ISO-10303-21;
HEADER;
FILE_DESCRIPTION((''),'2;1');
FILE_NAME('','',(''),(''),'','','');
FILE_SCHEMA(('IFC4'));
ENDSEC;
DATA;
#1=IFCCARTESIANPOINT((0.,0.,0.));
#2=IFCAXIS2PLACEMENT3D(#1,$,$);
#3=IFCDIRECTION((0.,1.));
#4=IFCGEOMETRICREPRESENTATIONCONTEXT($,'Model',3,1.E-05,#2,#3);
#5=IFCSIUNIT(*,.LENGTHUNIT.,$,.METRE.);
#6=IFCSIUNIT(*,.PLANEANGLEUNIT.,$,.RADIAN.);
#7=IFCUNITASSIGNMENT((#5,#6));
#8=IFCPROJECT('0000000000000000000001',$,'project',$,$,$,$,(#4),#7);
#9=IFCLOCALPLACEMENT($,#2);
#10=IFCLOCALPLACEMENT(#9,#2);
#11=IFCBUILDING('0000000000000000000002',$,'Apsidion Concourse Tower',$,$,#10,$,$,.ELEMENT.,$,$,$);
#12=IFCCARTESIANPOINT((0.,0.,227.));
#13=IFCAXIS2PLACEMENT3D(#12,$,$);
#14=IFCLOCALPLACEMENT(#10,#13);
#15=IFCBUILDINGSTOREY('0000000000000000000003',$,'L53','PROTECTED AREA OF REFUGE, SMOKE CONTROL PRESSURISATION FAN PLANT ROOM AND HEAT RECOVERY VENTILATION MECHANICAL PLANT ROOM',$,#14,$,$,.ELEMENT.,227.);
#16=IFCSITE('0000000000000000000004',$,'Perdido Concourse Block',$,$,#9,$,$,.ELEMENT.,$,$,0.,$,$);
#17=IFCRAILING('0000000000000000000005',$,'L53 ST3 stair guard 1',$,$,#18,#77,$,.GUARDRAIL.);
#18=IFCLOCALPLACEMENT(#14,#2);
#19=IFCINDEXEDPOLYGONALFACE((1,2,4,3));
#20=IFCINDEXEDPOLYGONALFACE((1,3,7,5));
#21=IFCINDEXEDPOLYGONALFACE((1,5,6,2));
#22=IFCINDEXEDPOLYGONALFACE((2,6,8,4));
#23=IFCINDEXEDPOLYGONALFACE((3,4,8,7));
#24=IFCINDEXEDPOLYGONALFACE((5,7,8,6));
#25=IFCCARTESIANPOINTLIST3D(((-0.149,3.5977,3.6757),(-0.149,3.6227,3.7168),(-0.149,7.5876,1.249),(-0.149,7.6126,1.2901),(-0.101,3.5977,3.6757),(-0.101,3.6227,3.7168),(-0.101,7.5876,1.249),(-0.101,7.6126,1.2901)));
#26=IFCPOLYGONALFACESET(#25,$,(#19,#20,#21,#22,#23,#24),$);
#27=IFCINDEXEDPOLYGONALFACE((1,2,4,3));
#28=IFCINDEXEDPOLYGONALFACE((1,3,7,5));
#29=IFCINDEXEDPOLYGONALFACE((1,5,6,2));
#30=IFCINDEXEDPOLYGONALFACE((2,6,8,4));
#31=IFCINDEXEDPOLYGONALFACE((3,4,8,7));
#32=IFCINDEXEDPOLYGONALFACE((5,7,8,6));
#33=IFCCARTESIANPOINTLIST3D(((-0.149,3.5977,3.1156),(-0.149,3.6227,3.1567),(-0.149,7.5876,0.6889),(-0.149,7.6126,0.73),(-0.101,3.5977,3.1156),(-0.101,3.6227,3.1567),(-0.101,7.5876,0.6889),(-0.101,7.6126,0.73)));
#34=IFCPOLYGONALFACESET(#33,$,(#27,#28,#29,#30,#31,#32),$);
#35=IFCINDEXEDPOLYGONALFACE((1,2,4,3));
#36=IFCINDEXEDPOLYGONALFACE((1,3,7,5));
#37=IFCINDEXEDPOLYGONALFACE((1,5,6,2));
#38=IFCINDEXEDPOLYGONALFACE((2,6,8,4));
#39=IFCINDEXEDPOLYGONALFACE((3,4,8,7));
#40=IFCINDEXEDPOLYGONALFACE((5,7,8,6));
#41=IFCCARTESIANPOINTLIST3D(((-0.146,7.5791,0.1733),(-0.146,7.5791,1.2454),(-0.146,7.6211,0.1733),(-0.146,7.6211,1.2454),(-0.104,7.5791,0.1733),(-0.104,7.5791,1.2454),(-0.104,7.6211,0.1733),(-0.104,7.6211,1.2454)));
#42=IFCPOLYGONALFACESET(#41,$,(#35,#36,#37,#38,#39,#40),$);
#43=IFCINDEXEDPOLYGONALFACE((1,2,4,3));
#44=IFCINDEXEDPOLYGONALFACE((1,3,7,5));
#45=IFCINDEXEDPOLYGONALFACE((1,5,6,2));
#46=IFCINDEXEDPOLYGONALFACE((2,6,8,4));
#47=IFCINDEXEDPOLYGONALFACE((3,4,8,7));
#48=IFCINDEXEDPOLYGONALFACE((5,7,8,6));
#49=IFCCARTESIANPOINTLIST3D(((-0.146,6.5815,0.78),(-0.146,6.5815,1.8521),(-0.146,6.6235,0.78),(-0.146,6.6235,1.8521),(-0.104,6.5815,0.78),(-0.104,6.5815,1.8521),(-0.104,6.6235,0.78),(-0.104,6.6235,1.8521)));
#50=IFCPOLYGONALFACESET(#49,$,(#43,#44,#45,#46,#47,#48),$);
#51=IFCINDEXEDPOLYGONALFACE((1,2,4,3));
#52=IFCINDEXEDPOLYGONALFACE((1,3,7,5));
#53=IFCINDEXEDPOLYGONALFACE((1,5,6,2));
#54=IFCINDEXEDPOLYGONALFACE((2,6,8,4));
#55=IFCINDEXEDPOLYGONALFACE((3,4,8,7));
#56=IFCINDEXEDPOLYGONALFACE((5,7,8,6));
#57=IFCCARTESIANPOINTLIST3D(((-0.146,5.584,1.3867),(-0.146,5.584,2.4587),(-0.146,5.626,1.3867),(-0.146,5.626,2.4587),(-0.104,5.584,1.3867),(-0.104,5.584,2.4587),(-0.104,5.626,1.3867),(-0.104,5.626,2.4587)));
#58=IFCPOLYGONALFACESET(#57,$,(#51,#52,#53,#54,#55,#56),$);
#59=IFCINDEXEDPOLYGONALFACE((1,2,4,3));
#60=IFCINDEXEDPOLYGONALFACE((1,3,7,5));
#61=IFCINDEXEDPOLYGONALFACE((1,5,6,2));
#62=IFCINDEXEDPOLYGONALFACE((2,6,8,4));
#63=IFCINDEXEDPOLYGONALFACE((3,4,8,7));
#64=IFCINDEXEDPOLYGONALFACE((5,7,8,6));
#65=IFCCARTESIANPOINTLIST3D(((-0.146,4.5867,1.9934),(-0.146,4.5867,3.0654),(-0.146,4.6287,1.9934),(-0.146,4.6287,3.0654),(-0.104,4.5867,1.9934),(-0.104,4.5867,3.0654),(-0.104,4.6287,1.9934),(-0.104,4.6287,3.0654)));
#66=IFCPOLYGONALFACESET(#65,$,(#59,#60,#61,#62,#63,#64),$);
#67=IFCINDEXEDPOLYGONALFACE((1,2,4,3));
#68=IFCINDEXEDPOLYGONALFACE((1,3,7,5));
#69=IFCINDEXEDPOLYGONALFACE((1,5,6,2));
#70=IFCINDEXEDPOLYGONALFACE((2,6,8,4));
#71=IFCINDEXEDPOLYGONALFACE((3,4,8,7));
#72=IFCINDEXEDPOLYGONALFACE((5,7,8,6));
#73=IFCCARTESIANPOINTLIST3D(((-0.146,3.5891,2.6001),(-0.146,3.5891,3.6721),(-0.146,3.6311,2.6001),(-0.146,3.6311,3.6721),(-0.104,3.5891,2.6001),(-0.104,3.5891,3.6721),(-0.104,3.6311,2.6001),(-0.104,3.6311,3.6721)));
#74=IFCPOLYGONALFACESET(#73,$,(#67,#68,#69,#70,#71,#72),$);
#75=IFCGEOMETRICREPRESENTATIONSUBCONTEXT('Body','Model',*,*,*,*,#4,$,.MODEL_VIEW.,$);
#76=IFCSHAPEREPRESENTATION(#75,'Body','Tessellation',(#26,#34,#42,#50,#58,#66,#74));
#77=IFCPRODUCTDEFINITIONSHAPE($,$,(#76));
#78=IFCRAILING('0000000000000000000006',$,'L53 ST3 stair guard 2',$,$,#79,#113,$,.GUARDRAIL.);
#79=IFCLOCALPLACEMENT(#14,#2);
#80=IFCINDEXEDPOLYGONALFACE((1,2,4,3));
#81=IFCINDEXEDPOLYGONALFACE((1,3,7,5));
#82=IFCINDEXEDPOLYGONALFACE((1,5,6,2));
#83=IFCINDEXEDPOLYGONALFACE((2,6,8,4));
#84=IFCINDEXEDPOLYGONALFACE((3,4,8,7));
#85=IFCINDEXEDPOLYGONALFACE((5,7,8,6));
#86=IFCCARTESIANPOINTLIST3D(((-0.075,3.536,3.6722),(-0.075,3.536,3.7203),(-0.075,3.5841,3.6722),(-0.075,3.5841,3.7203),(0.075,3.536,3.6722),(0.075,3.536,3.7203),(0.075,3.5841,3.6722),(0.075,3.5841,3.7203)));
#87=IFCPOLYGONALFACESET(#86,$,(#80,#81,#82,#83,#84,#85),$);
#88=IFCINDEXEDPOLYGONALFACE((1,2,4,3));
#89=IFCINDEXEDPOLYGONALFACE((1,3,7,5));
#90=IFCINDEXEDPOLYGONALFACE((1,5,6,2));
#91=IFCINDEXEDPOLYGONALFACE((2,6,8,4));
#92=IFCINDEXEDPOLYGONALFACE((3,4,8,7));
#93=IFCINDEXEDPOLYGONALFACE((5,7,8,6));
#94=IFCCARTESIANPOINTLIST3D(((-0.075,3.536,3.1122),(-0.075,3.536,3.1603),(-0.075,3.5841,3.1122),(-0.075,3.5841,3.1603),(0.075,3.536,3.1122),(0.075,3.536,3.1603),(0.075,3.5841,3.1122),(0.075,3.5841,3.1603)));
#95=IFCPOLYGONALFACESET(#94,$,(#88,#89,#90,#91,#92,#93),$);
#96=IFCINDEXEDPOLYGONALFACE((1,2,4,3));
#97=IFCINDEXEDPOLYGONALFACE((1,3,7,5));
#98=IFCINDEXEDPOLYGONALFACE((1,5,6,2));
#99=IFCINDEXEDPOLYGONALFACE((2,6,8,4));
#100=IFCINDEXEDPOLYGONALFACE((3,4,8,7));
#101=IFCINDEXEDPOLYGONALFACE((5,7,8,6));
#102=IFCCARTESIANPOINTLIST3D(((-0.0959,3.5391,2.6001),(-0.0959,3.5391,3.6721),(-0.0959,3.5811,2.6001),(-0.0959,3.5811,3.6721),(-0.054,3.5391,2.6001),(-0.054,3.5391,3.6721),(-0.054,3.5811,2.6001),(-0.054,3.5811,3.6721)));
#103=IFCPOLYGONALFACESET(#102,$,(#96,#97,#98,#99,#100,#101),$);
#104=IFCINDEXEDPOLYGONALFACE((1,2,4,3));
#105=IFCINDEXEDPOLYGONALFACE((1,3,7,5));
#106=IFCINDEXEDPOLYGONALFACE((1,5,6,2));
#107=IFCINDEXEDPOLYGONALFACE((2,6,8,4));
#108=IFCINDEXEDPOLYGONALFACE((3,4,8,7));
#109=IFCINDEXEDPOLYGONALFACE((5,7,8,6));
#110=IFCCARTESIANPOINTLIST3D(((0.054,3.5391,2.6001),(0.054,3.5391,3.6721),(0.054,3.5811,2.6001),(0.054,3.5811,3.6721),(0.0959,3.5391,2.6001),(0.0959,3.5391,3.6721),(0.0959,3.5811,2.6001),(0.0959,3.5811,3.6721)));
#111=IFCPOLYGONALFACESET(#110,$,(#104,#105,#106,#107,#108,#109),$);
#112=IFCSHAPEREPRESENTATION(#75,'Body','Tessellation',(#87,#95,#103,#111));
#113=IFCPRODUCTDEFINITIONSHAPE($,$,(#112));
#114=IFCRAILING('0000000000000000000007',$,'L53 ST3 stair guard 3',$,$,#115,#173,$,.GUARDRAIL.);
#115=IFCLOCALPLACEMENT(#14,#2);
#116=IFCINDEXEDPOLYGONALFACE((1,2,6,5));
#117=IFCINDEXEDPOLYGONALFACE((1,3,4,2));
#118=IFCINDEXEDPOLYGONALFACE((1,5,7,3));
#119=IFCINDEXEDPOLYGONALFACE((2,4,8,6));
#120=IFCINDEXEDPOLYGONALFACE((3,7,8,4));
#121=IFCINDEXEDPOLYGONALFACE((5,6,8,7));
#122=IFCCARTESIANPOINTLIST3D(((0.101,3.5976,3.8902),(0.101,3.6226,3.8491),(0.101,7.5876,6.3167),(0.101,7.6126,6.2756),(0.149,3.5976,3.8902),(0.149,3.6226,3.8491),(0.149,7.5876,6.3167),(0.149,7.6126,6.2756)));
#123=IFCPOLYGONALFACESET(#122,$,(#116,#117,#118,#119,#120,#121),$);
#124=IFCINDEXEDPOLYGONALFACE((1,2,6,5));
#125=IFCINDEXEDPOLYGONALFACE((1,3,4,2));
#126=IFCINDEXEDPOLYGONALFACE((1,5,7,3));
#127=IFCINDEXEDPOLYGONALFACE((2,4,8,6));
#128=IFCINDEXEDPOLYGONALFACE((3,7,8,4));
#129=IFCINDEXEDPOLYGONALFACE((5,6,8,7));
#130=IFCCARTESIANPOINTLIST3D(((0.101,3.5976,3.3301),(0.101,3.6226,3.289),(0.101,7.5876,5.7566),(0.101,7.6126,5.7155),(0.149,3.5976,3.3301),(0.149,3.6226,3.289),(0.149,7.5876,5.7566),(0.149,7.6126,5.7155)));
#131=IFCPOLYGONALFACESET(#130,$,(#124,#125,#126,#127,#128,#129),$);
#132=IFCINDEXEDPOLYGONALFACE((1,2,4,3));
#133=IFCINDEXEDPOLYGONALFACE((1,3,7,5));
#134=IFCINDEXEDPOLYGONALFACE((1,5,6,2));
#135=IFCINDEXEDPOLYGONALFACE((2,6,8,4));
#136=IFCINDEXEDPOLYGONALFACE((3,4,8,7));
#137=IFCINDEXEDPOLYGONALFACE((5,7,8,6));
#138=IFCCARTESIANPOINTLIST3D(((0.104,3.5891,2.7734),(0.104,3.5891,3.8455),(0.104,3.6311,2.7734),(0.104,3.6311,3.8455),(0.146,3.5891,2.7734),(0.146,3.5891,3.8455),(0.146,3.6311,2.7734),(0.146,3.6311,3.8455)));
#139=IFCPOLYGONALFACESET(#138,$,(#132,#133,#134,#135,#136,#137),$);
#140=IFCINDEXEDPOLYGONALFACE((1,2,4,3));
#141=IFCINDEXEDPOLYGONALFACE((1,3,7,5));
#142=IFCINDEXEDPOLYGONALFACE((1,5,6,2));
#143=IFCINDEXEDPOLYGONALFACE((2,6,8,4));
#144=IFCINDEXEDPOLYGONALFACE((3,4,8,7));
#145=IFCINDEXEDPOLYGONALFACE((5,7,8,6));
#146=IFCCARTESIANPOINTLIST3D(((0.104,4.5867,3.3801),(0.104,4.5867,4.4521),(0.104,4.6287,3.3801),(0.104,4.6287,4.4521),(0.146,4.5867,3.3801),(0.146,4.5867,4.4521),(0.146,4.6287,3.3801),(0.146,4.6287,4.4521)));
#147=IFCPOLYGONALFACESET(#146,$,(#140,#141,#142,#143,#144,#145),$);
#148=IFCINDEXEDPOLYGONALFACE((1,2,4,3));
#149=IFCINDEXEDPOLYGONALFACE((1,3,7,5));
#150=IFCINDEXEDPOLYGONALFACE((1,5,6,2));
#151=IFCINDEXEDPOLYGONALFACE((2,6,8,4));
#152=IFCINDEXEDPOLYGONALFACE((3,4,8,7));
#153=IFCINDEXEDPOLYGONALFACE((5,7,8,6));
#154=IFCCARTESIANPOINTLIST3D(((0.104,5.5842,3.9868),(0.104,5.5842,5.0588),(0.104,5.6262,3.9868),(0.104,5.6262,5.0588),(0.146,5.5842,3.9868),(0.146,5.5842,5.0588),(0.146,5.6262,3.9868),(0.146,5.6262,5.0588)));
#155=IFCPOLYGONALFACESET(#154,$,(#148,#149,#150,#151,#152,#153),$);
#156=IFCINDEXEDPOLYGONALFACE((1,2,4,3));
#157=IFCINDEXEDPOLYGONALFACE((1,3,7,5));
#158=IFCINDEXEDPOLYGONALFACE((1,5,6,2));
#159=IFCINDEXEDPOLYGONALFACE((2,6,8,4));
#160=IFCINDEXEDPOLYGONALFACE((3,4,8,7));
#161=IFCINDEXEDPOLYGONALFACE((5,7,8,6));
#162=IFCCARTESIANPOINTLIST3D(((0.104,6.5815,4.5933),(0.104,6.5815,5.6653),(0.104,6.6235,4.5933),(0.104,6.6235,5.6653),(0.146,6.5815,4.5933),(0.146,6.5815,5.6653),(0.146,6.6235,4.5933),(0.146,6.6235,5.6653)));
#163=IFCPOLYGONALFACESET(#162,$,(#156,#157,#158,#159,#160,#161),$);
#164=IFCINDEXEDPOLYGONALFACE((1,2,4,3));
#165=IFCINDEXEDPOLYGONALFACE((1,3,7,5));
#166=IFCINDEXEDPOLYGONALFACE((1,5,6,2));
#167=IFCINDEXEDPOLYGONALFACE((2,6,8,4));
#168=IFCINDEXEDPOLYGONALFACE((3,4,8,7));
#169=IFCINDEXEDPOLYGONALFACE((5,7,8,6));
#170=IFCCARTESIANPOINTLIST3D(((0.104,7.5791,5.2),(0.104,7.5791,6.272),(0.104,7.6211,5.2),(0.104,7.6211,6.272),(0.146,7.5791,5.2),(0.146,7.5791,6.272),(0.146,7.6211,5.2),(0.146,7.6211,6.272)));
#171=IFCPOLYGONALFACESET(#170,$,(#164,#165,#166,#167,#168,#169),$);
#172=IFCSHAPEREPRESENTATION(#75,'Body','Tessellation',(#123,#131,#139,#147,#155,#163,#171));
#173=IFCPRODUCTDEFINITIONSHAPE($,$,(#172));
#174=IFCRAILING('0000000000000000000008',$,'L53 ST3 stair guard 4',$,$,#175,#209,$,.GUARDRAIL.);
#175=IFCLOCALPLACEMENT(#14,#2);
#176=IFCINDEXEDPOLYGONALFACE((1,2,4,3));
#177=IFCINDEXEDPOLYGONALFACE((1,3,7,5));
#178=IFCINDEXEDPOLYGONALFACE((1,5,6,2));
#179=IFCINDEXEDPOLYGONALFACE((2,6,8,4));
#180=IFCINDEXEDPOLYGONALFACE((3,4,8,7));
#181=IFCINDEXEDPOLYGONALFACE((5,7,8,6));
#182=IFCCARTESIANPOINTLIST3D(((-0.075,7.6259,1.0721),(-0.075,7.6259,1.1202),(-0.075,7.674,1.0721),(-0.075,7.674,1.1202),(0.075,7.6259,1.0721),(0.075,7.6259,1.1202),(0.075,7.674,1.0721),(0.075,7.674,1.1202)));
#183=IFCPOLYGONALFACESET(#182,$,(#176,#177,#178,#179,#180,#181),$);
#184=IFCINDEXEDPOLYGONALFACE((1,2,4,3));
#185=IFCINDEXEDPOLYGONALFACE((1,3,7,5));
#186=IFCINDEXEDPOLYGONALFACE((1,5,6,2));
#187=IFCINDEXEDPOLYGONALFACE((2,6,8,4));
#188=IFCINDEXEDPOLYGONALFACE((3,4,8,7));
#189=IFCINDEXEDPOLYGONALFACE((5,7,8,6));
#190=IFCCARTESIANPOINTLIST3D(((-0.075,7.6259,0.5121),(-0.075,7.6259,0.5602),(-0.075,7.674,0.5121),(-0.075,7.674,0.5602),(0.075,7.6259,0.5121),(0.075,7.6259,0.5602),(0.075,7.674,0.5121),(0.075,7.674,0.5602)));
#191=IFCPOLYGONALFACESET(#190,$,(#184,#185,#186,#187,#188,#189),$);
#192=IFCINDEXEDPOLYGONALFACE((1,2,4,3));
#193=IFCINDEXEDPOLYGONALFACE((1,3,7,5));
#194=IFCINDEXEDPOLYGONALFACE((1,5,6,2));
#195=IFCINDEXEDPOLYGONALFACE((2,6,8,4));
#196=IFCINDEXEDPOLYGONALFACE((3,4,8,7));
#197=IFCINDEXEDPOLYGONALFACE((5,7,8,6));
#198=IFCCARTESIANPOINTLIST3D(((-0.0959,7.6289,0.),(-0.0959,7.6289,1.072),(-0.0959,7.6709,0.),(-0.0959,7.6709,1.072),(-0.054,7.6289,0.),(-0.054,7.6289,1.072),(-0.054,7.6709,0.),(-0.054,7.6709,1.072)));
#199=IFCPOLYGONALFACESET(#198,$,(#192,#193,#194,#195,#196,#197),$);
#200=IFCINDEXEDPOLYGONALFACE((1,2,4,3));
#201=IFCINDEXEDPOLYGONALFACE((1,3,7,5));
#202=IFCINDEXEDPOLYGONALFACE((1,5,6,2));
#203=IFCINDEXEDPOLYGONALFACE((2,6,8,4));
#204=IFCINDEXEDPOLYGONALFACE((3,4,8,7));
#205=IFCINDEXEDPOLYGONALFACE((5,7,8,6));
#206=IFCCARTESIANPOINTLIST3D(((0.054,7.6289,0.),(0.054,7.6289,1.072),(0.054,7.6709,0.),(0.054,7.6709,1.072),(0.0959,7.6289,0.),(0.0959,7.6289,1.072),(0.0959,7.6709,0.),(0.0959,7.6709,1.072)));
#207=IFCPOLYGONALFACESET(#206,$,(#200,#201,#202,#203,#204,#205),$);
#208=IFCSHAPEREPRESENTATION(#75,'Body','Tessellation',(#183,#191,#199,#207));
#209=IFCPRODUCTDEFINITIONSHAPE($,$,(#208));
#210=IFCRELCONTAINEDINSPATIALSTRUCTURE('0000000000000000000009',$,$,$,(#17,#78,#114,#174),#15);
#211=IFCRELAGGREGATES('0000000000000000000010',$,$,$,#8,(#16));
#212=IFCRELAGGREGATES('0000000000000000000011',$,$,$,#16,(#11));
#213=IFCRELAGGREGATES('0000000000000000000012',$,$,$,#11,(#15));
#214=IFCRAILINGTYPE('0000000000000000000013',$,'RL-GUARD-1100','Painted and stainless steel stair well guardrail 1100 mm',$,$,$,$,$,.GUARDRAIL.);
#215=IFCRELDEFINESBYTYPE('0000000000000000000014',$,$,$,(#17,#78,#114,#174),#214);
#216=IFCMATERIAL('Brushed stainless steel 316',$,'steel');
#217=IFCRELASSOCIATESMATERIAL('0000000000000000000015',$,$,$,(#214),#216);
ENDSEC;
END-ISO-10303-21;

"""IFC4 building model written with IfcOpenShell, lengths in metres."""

from ifc_helpers import new_model, si_unit, direction, frame, origin, origin_2d, place, context, subcontext, project, spatial, rectangle, extrude, material, type_object, element, save


model = new_model("IFC4")

# Units and contexts
model_context = context("Model", 3, precision=1e-05, world=origin(), true_north=direction((0.0, 1.0)))
body_context = subcontext(model_context, "Body", "Model", "MODEL_VIEW")
ifc_project = project(units=[si_unit("LENGTHUNIT", "METRE"), si_unit("PLANEANGLEUNIT", "RADIAN")], contexts=[model_context])

# Site, building, storey
site_placement = place(None, origin())
site = spatial("IfcSite", under=ifc_project, at=site_placement, Name="Perdido Concourse Block", CompositionType="ELEMENT", RefElevation=0.0)
building_placement = place(site_placement, origin())
building = spatial("IfcBuilding", under=site, at=building_placement, Name="Apsidion Concourse Tower", CompositionType="ELEMENT")
storey_placement = place(building_placement, frame((0.0, 0.0, 227.0)))
storey = spatial("IfcBuildingStorey", under=building, at=storey_placement, Name="L53", Description="PROTECTED AREA OF REFUGE, SMOKE CONTROL PRESSURISATION FAN PLANT ROOM AND HEAT RECOVERY VENTILATION MECHANICAL PLANT ROOM", CompositionType="ELEMENT", Elevation=227.0)

# Shared definitions
ifc_material_1 = material(Name="Brushed stainless steel 316", Category="steel")

# Railings
railing_type_1 = type_object("IfcRailingType", Name="RL-GUARD-1100", Description="Painted and stainless steel stair well guardrail 1100 mm", PredefinedType="GUARDRAIL", material=ifc_material_1)
railing_1_placement = place(storey_placement, frame((-0.125, 7.6001, 0.1733)))
element("IfcRailing", 1, at=railing_1_placement, inside=storey, type_object=railing_type_1, Name="L53 ST3 stair guard 1", PredefinedType="GUARDRAIL", context=body_context, shape_type="SweptSolid", body=[
    extrude(rectangle(XDim=0.0481, YDim=0.0481, at=origin_2d()), frame((0.0, 0.0, 1.0962), z_axis=(0.0, -0.854382, 0.519645), x_axis=(1.0, 0.0, 0.0)), (0.0, 0.0, 1.0), 4.6699),
    extrude(rectangle(XDim=0.0481, YDim=0.0481, at=origin_2d()), frame((0.0, 0.0, 0.5361), z_axis=(0.0, -0.854382, 0.519645), x_axis=(1.0, 0.0, 0.0)), (0.0, 0.0, 1.0), 4.6699),
    extrude(rectangle(XDim=0.042, YDim=0.042, at=origin_2d()), origin(), (0.0, 0.0, 1.0), 1.072),
    extrude(rectangle(XDim=0.042, YDim=0.042, at=origin_2d()), frame((0.0, -0.9976, 0.6067)), (0.0, 0.0, 1.0), 1.072),
    extrude(rectangle(XDim=0.042, YDim=0.042, at=origin_2d()), frame((0.0, -1.9951, 1.2134)), (0.0, 0.0, 1.0), 1.072),
    extrude(rectangle(XDim=0.042, YDim=0.042, at=origin_2d()), frame((0.0, -2.9924, 1.8201)), (0.0, 0.0, 1.0), 1.072),
    extrude(rectangle(XDim=0.042, YDim=0.042, at=origin_2d()), frame((0.0, -3.99, 2.4268)), (0.0, 0.0, 1.0), 1.072),
])
railing_2_placement = place(storey_placement, frame((-0.075, 3.5601, 2.6001)))
element("IfcRailing", 2, at=railing_2_placement, inside=storey, type_object=railing_type_1, Name="L53 ST3 stair guard 2", PredefinedType="GUARDRAIL", context=body_context, shape_type="SweptSolid", body=[
    extrude(rectangle(XDim=0.0481, YDim=0.0481, at=origin_2d()), frame((0.0, 0.0, 1.0962), z_axis=(1.0, 0.0, 0.0), x_axis=(0.0, 1.0, 0.0)), (0.0, 0.0, 1.0), 0.1499),
    extrude(rectangle(XDim=0.0481, YDim=0.0481, at=origin_2d()), frame((0.0, 0.0, 0.5361), z_axis=(1.0, 0.0, 0.0), x_axis=(0.0, 1.0, 0.0)), (0.0, 0.0, 1.0), 0.1499),
    extrude(rectangle(XDim=0.042, YDim=0.042, at=origin_2d()), origin(), (0.0, 0.0, 1.0), 1.072),
    extrude(rectangle(XDim=0.042, YDim=0.042, at=origin_2d()), frame((0.1499, 0.0, 0.0)), (0.0, 0.0, 1.0), 1.072),
])
railing_3_placement = place(storey_placement, frame((0.125, 3.6101, 2.7734)))
element("IfcRailing", 3, at=railing_3_placement, inside=storey, type_object=railing_type_1, Name="L53 ST3 stair guard 3", PredefinedType="GUARDRAIL", context=body_context, shape_type="SweptSolid", body=[
    extrude(rectangle(XDim=0.0481, YDim=0.0481, at=origin_2d()), frame((0.0, 0.0, 1.0962), z_axis=(0.0, 0.854405, 0.519607), x_axis=(-1.0, 0.0, 0.0)), (0.0, 0.0, 1.0), 4.6699),
    extrude(rectangle(XDim=0.0481, YDim=0.0481, at=origin_2d()), frame((0.0, 0.0, 0.5361), z_axis=(0.0, 0.854405, 0.519607), x_axis=(-1.0, 0.0, 0.0)), (0.0, 0.0, 1.0), 4.6699),
    extrude(rectangle(XDim=0.042, YDim=0.042, at=origin_2d()), origin(), (0.0, 0.0, 1.0), 1.072),
    extrude(rectangle(XDim=0.042, YDim=0.042, at=origin_2d()), frame((0.0, 0.9976, 0.6067)), (0.0, 0.0, 1.0), 1.072),
    extrude(rectangle(XDim=0.042, YDim=0.042, at=origin_2d()), frame((0.0, 1.9951, 1.2134)), (0.0, 0.0, 1.0), 1.072),
    extrude(rectangle(XDim=0.042, YDim=0.042, at=origin_2d()), frame((0.0, 2.9924, 1.8198)), (0.0, 0.0, 1.0), 1.072),
    extrude(rectangle(XDim=0.042, YDim=0.042, at=origin_2d()), frame((0.0, 3.99, 2.4265)), (0.0, 0.0, 1.0), 1.072),
])
railing_4_placement = place(storey_placement, frame((-0.075, 7.6499, 0.0)))
element("IfcRailing", 4, at=railing_4_placement, inside=storey, type_object=railing_type_1, Name="L53 ST3 stair guard 4", PredefinedType="GUARDRAIL", context=body_context, shape_type="SweptSolid", body=[
    extrude(rectangle(XDim=0.0481, YDim=0.0481, at=origin_2d()), frame((0.0, 0.0, 1.0962), z_axis=(1.0, 0.0, 0.0), x_axis=(0.0, 1.0, 0.0)), (0.0, 0.0, 1.0), 0.1499),
    extrude(rectangle(XDim=0.0481, YDim=0.0481, at=origin_2d()), frame((0.0, 0.0, 0.5361), z_axis=(1.0, 0.0, 0.0), x_axis=(0.0, 1.0, 0.0)), (0.0, 0.0, 1.0), 0.1499),
    extrude(rectangle(XDim=0.042, YDim=0.042, at=origin_2d()), origin(), (0.0, 0.0, 1.0), 1.072),
    extrude(rectangle(XDim=0.042, YDim=0.042, at=origin_2d()), frame((0.1499, 0.0, 0.0)), (0.0, 0.0, 1.0), 1.072),
])

save(model, "model.ifc")
